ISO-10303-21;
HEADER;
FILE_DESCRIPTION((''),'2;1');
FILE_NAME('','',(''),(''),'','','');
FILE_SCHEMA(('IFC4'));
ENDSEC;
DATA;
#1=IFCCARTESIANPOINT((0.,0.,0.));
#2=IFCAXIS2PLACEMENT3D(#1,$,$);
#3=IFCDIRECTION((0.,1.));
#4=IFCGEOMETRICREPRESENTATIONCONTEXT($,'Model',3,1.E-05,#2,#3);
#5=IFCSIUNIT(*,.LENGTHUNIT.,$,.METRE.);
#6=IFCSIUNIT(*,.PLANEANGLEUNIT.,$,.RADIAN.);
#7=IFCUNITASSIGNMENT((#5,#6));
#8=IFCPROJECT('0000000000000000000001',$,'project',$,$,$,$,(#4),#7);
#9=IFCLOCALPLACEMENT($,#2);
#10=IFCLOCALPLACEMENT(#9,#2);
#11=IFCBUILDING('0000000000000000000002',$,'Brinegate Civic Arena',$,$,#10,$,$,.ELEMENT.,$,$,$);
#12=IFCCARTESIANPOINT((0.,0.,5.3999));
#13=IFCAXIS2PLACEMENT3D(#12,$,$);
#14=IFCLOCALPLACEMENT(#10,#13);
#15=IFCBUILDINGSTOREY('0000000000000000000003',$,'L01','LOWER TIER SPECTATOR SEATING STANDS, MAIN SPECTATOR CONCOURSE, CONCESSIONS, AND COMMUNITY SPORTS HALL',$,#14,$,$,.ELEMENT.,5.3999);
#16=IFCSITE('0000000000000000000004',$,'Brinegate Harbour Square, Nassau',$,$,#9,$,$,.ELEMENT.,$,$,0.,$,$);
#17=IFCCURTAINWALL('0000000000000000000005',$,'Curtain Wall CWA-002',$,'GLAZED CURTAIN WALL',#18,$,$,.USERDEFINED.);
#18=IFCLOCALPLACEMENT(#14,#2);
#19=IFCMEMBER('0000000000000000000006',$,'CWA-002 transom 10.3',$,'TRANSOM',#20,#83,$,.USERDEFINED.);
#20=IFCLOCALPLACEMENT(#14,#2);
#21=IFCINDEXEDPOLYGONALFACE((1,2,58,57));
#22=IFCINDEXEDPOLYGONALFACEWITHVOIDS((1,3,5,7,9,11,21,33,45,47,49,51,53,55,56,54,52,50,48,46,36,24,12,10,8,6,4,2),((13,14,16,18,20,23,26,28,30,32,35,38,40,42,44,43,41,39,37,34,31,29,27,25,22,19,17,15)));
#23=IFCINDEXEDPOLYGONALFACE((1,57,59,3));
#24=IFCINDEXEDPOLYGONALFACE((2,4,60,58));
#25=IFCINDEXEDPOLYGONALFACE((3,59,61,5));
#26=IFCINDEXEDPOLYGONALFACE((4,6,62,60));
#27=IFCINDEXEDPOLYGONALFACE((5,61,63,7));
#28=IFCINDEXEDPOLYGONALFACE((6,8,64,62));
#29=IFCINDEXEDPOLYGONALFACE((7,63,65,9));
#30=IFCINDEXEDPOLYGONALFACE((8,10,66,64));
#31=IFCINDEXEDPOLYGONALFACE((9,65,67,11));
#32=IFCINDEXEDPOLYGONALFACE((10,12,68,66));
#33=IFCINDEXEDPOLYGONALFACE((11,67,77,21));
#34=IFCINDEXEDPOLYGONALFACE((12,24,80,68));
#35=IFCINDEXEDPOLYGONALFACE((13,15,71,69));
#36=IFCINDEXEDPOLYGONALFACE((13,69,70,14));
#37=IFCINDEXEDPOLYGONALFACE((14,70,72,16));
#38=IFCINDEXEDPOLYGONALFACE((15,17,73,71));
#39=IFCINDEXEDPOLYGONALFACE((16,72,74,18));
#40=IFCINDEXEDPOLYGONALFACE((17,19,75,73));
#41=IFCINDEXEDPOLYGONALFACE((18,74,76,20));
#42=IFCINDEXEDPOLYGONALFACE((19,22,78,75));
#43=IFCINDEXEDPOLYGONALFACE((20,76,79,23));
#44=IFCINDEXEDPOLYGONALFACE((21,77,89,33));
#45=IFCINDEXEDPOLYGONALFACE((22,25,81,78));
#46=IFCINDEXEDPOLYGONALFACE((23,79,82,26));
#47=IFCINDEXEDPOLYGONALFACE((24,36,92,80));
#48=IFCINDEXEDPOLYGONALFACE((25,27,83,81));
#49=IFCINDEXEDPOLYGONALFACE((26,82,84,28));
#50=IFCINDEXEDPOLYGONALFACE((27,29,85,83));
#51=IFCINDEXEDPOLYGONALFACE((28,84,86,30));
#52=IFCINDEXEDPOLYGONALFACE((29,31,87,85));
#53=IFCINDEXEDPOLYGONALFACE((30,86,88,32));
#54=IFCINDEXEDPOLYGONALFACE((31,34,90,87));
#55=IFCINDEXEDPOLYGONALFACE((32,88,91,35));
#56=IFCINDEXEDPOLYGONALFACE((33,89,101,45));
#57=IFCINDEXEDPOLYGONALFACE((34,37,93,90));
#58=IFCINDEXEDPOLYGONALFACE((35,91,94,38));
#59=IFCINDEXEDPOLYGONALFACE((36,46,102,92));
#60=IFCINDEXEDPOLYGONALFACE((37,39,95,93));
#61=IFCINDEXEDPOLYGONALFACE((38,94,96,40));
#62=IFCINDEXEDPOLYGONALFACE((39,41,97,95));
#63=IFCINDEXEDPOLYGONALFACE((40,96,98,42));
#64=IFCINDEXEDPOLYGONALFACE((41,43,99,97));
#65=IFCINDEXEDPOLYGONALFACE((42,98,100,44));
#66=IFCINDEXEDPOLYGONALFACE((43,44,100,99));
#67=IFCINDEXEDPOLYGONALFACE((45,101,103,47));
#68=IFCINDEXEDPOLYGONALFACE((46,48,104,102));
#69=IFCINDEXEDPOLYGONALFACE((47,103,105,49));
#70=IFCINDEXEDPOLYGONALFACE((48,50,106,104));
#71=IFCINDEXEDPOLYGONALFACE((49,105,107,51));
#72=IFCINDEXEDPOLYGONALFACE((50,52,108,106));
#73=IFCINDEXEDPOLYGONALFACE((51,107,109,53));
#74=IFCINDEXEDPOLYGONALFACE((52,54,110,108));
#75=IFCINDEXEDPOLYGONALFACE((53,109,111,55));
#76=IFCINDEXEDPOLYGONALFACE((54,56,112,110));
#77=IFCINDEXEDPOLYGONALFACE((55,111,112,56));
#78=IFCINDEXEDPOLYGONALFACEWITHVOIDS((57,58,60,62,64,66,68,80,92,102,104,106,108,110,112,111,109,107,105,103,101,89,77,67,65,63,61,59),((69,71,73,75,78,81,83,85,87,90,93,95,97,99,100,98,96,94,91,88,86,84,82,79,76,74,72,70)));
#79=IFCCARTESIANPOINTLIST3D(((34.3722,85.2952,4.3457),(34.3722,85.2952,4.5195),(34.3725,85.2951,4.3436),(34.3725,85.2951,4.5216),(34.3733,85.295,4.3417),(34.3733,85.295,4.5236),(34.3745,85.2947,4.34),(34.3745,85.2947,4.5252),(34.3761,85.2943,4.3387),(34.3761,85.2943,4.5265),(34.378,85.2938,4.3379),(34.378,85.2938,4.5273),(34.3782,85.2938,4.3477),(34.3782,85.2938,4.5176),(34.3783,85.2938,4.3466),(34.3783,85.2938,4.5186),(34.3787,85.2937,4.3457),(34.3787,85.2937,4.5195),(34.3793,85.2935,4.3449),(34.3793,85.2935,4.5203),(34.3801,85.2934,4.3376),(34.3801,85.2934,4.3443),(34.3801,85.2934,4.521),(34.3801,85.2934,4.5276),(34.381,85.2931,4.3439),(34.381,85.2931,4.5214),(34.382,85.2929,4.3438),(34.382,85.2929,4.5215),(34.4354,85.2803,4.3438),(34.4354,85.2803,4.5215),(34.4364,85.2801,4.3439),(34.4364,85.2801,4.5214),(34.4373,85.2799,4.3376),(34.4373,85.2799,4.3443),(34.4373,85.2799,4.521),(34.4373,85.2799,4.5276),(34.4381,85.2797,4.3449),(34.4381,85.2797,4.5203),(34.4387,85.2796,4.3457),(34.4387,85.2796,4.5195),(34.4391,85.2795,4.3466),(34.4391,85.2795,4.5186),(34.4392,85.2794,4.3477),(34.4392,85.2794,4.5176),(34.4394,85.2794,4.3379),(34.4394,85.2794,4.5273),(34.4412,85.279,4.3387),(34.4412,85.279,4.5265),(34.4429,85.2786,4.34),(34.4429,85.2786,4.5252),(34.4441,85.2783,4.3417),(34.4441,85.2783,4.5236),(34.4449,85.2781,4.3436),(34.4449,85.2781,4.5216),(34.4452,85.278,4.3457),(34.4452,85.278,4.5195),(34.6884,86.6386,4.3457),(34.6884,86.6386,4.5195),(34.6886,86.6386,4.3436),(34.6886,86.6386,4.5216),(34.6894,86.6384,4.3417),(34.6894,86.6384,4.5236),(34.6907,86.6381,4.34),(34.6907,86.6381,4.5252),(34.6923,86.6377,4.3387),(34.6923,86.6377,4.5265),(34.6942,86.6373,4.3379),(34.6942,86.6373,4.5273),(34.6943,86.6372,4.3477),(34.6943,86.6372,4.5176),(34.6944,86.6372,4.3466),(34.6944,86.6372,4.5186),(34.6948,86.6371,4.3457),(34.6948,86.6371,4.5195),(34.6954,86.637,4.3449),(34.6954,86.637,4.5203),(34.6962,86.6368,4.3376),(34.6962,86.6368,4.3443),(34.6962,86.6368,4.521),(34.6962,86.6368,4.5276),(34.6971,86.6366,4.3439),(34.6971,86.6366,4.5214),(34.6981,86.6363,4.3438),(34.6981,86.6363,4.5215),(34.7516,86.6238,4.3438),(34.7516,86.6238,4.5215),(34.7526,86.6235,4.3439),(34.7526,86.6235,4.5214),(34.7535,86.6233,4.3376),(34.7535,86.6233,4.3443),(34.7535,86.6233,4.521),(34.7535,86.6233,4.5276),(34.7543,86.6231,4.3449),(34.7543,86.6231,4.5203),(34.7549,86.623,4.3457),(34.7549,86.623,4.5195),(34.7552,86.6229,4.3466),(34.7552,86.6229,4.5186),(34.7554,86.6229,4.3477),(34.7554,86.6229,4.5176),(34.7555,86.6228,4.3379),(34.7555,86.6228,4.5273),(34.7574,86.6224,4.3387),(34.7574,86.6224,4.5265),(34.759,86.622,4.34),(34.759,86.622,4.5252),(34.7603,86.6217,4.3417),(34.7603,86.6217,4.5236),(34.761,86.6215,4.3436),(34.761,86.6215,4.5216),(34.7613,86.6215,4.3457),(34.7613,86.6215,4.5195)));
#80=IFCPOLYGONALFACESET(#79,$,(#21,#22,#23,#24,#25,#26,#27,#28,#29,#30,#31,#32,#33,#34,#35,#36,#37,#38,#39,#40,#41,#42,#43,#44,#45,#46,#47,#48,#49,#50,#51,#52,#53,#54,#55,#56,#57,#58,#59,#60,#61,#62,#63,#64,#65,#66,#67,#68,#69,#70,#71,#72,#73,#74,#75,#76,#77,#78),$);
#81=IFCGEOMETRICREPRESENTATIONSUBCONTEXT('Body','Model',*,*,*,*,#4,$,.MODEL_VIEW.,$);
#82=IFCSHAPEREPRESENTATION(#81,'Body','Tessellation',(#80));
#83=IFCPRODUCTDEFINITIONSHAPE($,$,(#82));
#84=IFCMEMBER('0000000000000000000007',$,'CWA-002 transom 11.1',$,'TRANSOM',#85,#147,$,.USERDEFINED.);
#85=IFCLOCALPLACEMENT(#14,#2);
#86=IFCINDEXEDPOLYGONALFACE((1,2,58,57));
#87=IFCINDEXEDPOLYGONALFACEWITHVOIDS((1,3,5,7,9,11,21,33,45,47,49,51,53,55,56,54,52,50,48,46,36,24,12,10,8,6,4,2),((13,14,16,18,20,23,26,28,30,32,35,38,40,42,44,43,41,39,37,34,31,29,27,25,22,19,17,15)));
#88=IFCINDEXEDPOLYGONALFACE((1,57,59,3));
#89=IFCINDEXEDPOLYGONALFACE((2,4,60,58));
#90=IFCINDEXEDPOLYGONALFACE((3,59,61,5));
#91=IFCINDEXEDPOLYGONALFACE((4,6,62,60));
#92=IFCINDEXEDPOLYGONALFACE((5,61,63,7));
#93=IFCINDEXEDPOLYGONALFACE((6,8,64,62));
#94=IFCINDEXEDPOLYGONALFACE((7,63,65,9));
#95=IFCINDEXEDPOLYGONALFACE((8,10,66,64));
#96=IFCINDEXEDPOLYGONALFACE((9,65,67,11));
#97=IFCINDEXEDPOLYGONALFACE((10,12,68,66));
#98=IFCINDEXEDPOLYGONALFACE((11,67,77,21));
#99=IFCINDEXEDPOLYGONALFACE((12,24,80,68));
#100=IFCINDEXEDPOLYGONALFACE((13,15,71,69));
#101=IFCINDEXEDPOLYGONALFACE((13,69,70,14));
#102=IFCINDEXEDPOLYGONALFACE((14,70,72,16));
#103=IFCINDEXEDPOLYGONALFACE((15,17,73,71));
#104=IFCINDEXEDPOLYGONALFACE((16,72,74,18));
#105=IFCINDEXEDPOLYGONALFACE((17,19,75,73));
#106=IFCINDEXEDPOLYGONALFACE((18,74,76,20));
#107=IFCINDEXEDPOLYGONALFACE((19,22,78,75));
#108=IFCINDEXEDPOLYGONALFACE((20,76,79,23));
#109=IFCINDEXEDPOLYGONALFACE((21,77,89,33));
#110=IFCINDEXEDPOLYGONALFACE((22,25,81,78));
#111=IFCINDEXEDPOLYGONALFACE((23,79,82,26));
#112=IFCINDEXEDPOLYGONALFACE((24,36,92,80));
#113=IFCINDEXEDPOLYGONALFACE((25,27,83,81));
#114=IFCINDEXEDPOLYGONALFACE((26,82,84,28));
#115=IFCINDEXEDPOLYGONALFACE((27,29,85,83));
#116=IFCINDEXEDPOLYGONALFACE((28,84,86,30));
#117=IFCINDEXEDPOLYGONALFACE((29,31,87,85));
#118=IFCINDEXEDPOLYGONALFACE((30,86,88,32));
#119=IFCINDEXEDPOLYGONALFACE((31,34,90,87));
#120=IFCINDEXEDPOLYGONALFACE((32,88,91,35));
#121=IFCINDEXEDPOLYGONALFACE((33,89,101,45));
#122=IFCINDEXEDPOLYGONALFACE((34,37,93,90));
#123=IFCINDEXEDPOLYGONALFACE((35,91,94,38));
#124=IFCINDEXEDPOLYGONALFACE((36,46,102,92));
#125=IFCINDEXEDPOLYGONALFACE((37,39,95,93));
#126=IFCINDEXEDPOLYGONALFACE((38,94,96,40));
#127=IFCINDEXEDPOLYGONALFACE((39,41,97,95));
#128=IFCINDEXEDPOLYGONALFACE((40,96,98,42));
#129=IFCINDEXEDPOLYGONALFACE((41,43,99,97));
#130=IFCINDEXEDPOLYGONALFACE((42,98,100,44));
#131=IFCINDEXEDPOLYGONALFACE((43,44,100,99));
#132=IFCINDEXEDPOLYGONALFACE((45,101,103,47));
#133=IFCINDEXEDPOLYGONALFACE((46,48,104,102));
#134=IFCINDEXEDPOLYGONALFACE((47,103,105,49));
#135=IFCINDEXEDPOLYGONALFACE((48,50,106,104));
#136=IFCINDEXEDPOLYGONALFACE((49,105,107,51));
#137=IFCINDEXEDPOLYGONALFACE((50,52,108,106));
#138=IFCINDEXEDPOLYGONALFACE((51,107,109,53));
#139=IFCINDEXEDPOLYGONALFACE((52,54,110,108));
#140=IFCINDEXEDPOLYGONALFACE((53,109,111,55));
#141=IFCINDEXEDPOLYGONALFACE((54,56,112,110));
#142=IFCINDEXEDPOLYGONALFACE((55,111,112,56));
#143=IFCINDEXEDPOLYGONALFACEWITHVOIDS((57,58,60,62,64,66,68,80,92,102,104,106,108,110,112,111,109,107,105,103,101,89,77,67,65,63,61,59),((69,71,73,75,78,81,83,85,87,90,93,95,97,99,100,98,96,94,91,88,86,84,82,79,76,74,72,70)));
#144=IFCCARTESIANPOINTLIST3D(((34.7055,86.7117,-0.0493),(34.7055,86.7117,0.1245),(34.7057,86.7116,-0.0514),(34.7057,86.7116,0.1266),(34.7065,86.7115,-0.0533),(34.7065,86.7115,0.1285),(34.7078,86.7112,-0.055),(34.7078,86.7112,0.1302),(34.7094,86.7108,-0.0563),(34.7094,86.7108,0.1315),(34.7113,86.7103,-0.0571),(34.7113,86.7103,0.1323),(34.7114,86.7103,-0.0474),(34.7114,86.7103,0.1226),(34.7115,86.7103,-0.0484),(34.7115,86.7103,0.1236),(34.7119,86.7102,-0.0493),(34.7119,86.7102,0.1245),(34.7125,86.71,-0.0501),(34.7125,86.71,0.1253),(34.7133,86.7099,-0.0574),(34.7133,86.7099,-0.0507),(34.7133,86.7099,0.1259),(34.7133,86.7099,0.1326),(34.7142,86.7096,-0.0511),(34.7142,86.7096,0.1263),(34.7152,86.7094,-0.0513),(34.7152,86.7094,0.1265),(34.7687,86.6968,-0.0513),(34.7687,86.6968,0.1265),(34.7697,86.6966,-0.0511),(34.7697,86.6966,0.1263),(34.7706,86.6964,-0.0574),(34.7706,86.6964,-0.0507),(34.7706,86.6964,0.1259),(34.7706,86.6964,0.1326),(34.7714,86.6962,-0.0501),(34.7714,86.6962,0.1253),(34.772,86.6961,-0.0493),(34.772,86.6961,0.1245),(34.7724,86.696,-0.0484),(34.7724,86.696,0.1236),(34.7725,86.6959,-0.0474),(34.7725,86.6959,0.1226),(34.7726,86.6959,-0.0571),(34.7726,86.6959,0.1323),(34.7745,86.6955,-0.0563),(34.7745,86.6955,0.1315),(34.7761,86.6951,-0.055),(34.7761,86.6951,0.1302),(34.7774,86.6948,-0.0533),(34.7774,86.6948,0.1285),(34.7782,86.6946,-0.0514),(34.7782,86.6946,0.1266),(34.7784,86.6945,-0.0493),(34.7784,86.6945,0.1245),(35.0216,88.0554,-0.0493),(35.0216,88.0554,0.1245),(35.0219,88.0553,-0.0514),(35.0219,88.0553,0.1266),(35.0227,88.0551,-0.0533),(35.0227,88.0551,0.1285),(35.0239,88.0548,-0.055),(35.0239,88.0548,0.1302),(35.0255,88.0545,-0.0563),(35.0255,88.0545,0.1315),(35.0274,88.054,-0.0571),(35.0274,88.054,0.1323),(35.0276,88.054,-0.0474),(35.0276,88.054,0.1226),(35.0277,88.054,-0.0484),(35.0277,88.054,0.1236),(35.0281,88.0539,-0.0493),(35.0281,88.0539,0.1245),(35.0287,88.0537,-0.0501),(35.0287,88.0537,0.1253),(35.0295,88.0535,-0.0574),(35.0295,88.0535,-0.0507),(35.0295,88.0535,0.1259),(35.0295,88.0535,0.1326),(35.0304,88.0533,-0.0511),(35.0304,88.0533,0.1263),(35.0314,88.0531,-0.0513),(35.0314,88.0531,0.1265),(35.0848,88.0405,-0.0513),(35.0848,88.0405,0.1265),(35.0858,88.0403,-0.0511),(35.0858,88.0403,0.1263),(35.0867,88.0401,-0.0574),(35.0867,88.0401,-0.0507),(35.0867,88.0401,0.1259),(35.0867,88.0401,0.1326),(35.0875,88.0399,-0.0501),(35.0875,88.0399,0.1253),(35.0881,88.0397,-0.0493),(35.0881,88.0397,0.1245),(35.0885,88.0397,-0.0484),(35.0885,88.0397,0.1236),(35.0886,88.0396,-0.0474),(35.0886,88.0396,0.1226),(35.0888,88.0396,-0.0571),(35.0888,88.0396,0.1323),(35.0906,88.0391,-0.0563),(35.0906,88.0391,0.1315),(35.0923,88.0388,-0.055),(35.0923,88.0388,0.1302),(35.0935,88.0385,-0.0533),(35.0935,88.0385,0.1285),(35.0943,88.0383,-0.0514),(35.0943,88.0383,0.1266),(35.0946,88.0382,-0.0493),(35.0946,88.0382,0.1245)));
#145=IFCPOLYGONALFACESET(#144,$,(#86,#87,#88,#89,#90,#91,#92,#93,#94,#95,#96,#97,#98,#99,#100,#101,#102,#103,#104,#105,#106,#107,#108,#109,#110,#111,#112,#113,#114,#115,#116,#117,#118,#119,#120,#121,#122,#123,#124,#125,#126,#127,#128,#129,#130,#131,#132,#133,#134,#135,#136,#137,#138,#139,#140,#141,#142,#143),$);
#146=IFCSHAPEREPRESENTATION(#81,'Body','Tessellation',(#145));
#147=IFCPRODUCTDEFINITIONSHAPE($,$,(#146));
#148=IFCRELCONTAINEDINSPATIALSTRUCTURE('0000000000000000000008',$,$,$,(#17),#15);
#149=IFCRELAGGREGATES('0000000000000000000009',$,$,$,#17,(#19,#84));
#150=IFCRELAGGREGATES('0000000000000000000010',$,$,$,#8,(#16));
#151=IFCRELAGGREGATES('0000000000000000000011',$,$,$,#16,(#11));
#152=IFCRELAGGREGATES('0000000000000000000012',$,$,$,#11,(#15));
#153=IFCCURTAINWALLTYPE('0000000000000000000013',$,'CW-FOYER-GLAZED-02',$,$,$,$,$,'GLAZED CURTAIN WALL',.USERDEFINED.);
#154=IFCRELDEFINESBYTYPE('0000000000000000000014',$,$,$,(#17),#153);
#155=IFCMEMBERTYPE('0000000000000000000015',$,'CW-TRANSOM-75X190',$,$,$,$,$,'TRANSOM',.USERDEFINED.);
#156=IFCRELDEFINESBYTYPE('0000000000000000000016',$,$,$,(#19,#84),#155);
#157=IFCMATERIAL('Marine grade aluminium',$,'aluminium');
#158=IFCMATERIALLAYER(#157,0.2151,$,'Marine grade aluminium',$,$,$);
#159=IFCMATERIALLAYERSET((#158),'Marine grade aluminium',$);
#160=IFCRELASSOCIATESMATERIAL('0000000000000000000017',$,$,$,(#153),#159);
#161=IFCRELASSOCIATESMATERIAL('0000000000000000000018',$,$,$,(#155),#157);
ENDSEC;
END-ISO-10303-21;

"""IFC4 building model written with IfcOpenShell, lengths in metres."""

from ifc_helpers import new_model, si_unit, direction, frame, origin, origin_2d, place, context, subcontext, project, spatial, hollow_rectangle, extrude, material, layer, layer_set, material_profile, profile_set, type_object, element, aggregate, save


model = new_model("IFC4")

# Units and contexts
model_context = context("Model", 3, precision=1e-05, world=origin(), true_north=direction((0.0, 1.0)))
body_context = subcontext(model_context, "Body", "Model", "MODEL_VIEW")
ifc_project = project(units=[si_unit("LENGTHUNIT", "METRE"), si_unit("PLANEANGLEUNIT", "RADIAN")], contexts=[model_context])

# Site, building, storey
site_placement = place(None, origin())
site = spatial("IfcSite", under=ifc_project, at=site_placement, Name="Brinegate Harbour Square, Nassau", CompositionType="ELEMENT", RefElevation=0.0)
building_placement = place(site_placement, origin())
building = spatial("IfcBuilding", under=site, at=building_placement, Name="Brinegate Civic Arena", CompositionType="ELEMENT")
storey_placement = place(building_placement, frame((0.0, 0.0, 5.3999)))
storey = spatial("IfcBuildingStorey", under=building, at=storey_placement, Name="L01", Description="LOWER TIER SPECTATOR SEATING STANDS, MAIN SPECTATOR CONCOURSE, CONCESSIONS, AND COMMUNITY SPORTS HALL", CompositionType="ELEMENT", Elevation=5.3999)

# Curtain wall, members
ifc_material_1 = material(Name="Marine grade aluminium", Category="aluminium")
ifc_layer_1 = layer(ifc_material_1, 0.2151, Name="Marine grade aluminium")
ifc_layer_set_1 = layer_set([ifc_layer_1], Name="Marine grade aluminium")
curtain_wall_type = type_object("IfcCurtainWallType", Name="CW-FOYER-GLAZED-02", ElementType="GLAZED CURTAIN WALL", PredefinedType="USERDEFINED", material=ifc_layer_set_1)
curtain_wall_placement = place(storey_placement, origin())
curtain_wall = element("IfcCurtainWall", 1, at=curtain_wall_placement, inside=storey, type_object=curtain_wall_type, Name="Curtain Wall CWA-002", ObjectType="GLAZED CURTAIN WALL", PredefinedType="USERDEFINED")
ifc_material_profile_1 = material_profile(ifc_material_1, hollow_rectangle(XDim=0.075, YDim=0.1899, WallThickness=0.0061, InnerFilletRadius=0.0039, OuterFilletRadius=0.0081, at=origin_2d()), Name="TRN75X190")
ifc_profile_set_1 = profile_set([ifc_material_profile_1], Name="Marine grade aluminium")
member_type_1 = type_object("IfcMemberType", Name="CW-TRANSOM-75X190", ElementType="TRANSOM", PredefinedType="USERDEFINED", material=ifc_profile_set_1)
member_1_placement = place(storey_placement, frame((34.4087, 85.2866, 4.4326), z_axis=(0.229069, 0.97341, 0.0), x_axis=(-0.97341, 0.229069, 0.0)))
member_1 = element("IfcMember", 2, at=member_1_placement, type_object=member_type_1, Name="CWA-002 transom 10.3", ObjectType="TRANSOM", PredefinedType="USERDEFINED", context=body_context, shape_type="SweptSolid", body=[
    extrude(hollow_rectangle(XDim=0.075, YDim=0.1899, WallThickness=0.0061, InnerFilletRadius=0.0039, OuterFilletRadius=0.0081, at=origin_2d()), origin(), (0.0, 0.0, 1.0), 1.3801),
])
member_2_placement = place(storey_placement, frame((34.7419, 86.7031, 0.0376), z_axis=(0.229029, 0.973419, 0.0), x_axis=(-0.973419, 0.229029, 0.0)))
member_2 = element("IfcMember", 3, at=member_2_placement, type_object=member_type_1, Name="CWA-002 transom 11.1", ObjectType="TRANSOM", PredefinedType="USERDEFINED", context=body_context, shape_type="SweptSolid", body=[
    extrude(hollow_rectangle(XDim=0.075, YDim=0.1899, WallThickness=0.0061, InnerFilletRadius=0.0039, OuterFilletRadius=0.0081, at=origin_2d()), origin(), (0.0, 0.0, 1.0), 1.3804),
])
aggregate(curtain_wall, [member_1, member_2])

save(model, "model.ifc")
